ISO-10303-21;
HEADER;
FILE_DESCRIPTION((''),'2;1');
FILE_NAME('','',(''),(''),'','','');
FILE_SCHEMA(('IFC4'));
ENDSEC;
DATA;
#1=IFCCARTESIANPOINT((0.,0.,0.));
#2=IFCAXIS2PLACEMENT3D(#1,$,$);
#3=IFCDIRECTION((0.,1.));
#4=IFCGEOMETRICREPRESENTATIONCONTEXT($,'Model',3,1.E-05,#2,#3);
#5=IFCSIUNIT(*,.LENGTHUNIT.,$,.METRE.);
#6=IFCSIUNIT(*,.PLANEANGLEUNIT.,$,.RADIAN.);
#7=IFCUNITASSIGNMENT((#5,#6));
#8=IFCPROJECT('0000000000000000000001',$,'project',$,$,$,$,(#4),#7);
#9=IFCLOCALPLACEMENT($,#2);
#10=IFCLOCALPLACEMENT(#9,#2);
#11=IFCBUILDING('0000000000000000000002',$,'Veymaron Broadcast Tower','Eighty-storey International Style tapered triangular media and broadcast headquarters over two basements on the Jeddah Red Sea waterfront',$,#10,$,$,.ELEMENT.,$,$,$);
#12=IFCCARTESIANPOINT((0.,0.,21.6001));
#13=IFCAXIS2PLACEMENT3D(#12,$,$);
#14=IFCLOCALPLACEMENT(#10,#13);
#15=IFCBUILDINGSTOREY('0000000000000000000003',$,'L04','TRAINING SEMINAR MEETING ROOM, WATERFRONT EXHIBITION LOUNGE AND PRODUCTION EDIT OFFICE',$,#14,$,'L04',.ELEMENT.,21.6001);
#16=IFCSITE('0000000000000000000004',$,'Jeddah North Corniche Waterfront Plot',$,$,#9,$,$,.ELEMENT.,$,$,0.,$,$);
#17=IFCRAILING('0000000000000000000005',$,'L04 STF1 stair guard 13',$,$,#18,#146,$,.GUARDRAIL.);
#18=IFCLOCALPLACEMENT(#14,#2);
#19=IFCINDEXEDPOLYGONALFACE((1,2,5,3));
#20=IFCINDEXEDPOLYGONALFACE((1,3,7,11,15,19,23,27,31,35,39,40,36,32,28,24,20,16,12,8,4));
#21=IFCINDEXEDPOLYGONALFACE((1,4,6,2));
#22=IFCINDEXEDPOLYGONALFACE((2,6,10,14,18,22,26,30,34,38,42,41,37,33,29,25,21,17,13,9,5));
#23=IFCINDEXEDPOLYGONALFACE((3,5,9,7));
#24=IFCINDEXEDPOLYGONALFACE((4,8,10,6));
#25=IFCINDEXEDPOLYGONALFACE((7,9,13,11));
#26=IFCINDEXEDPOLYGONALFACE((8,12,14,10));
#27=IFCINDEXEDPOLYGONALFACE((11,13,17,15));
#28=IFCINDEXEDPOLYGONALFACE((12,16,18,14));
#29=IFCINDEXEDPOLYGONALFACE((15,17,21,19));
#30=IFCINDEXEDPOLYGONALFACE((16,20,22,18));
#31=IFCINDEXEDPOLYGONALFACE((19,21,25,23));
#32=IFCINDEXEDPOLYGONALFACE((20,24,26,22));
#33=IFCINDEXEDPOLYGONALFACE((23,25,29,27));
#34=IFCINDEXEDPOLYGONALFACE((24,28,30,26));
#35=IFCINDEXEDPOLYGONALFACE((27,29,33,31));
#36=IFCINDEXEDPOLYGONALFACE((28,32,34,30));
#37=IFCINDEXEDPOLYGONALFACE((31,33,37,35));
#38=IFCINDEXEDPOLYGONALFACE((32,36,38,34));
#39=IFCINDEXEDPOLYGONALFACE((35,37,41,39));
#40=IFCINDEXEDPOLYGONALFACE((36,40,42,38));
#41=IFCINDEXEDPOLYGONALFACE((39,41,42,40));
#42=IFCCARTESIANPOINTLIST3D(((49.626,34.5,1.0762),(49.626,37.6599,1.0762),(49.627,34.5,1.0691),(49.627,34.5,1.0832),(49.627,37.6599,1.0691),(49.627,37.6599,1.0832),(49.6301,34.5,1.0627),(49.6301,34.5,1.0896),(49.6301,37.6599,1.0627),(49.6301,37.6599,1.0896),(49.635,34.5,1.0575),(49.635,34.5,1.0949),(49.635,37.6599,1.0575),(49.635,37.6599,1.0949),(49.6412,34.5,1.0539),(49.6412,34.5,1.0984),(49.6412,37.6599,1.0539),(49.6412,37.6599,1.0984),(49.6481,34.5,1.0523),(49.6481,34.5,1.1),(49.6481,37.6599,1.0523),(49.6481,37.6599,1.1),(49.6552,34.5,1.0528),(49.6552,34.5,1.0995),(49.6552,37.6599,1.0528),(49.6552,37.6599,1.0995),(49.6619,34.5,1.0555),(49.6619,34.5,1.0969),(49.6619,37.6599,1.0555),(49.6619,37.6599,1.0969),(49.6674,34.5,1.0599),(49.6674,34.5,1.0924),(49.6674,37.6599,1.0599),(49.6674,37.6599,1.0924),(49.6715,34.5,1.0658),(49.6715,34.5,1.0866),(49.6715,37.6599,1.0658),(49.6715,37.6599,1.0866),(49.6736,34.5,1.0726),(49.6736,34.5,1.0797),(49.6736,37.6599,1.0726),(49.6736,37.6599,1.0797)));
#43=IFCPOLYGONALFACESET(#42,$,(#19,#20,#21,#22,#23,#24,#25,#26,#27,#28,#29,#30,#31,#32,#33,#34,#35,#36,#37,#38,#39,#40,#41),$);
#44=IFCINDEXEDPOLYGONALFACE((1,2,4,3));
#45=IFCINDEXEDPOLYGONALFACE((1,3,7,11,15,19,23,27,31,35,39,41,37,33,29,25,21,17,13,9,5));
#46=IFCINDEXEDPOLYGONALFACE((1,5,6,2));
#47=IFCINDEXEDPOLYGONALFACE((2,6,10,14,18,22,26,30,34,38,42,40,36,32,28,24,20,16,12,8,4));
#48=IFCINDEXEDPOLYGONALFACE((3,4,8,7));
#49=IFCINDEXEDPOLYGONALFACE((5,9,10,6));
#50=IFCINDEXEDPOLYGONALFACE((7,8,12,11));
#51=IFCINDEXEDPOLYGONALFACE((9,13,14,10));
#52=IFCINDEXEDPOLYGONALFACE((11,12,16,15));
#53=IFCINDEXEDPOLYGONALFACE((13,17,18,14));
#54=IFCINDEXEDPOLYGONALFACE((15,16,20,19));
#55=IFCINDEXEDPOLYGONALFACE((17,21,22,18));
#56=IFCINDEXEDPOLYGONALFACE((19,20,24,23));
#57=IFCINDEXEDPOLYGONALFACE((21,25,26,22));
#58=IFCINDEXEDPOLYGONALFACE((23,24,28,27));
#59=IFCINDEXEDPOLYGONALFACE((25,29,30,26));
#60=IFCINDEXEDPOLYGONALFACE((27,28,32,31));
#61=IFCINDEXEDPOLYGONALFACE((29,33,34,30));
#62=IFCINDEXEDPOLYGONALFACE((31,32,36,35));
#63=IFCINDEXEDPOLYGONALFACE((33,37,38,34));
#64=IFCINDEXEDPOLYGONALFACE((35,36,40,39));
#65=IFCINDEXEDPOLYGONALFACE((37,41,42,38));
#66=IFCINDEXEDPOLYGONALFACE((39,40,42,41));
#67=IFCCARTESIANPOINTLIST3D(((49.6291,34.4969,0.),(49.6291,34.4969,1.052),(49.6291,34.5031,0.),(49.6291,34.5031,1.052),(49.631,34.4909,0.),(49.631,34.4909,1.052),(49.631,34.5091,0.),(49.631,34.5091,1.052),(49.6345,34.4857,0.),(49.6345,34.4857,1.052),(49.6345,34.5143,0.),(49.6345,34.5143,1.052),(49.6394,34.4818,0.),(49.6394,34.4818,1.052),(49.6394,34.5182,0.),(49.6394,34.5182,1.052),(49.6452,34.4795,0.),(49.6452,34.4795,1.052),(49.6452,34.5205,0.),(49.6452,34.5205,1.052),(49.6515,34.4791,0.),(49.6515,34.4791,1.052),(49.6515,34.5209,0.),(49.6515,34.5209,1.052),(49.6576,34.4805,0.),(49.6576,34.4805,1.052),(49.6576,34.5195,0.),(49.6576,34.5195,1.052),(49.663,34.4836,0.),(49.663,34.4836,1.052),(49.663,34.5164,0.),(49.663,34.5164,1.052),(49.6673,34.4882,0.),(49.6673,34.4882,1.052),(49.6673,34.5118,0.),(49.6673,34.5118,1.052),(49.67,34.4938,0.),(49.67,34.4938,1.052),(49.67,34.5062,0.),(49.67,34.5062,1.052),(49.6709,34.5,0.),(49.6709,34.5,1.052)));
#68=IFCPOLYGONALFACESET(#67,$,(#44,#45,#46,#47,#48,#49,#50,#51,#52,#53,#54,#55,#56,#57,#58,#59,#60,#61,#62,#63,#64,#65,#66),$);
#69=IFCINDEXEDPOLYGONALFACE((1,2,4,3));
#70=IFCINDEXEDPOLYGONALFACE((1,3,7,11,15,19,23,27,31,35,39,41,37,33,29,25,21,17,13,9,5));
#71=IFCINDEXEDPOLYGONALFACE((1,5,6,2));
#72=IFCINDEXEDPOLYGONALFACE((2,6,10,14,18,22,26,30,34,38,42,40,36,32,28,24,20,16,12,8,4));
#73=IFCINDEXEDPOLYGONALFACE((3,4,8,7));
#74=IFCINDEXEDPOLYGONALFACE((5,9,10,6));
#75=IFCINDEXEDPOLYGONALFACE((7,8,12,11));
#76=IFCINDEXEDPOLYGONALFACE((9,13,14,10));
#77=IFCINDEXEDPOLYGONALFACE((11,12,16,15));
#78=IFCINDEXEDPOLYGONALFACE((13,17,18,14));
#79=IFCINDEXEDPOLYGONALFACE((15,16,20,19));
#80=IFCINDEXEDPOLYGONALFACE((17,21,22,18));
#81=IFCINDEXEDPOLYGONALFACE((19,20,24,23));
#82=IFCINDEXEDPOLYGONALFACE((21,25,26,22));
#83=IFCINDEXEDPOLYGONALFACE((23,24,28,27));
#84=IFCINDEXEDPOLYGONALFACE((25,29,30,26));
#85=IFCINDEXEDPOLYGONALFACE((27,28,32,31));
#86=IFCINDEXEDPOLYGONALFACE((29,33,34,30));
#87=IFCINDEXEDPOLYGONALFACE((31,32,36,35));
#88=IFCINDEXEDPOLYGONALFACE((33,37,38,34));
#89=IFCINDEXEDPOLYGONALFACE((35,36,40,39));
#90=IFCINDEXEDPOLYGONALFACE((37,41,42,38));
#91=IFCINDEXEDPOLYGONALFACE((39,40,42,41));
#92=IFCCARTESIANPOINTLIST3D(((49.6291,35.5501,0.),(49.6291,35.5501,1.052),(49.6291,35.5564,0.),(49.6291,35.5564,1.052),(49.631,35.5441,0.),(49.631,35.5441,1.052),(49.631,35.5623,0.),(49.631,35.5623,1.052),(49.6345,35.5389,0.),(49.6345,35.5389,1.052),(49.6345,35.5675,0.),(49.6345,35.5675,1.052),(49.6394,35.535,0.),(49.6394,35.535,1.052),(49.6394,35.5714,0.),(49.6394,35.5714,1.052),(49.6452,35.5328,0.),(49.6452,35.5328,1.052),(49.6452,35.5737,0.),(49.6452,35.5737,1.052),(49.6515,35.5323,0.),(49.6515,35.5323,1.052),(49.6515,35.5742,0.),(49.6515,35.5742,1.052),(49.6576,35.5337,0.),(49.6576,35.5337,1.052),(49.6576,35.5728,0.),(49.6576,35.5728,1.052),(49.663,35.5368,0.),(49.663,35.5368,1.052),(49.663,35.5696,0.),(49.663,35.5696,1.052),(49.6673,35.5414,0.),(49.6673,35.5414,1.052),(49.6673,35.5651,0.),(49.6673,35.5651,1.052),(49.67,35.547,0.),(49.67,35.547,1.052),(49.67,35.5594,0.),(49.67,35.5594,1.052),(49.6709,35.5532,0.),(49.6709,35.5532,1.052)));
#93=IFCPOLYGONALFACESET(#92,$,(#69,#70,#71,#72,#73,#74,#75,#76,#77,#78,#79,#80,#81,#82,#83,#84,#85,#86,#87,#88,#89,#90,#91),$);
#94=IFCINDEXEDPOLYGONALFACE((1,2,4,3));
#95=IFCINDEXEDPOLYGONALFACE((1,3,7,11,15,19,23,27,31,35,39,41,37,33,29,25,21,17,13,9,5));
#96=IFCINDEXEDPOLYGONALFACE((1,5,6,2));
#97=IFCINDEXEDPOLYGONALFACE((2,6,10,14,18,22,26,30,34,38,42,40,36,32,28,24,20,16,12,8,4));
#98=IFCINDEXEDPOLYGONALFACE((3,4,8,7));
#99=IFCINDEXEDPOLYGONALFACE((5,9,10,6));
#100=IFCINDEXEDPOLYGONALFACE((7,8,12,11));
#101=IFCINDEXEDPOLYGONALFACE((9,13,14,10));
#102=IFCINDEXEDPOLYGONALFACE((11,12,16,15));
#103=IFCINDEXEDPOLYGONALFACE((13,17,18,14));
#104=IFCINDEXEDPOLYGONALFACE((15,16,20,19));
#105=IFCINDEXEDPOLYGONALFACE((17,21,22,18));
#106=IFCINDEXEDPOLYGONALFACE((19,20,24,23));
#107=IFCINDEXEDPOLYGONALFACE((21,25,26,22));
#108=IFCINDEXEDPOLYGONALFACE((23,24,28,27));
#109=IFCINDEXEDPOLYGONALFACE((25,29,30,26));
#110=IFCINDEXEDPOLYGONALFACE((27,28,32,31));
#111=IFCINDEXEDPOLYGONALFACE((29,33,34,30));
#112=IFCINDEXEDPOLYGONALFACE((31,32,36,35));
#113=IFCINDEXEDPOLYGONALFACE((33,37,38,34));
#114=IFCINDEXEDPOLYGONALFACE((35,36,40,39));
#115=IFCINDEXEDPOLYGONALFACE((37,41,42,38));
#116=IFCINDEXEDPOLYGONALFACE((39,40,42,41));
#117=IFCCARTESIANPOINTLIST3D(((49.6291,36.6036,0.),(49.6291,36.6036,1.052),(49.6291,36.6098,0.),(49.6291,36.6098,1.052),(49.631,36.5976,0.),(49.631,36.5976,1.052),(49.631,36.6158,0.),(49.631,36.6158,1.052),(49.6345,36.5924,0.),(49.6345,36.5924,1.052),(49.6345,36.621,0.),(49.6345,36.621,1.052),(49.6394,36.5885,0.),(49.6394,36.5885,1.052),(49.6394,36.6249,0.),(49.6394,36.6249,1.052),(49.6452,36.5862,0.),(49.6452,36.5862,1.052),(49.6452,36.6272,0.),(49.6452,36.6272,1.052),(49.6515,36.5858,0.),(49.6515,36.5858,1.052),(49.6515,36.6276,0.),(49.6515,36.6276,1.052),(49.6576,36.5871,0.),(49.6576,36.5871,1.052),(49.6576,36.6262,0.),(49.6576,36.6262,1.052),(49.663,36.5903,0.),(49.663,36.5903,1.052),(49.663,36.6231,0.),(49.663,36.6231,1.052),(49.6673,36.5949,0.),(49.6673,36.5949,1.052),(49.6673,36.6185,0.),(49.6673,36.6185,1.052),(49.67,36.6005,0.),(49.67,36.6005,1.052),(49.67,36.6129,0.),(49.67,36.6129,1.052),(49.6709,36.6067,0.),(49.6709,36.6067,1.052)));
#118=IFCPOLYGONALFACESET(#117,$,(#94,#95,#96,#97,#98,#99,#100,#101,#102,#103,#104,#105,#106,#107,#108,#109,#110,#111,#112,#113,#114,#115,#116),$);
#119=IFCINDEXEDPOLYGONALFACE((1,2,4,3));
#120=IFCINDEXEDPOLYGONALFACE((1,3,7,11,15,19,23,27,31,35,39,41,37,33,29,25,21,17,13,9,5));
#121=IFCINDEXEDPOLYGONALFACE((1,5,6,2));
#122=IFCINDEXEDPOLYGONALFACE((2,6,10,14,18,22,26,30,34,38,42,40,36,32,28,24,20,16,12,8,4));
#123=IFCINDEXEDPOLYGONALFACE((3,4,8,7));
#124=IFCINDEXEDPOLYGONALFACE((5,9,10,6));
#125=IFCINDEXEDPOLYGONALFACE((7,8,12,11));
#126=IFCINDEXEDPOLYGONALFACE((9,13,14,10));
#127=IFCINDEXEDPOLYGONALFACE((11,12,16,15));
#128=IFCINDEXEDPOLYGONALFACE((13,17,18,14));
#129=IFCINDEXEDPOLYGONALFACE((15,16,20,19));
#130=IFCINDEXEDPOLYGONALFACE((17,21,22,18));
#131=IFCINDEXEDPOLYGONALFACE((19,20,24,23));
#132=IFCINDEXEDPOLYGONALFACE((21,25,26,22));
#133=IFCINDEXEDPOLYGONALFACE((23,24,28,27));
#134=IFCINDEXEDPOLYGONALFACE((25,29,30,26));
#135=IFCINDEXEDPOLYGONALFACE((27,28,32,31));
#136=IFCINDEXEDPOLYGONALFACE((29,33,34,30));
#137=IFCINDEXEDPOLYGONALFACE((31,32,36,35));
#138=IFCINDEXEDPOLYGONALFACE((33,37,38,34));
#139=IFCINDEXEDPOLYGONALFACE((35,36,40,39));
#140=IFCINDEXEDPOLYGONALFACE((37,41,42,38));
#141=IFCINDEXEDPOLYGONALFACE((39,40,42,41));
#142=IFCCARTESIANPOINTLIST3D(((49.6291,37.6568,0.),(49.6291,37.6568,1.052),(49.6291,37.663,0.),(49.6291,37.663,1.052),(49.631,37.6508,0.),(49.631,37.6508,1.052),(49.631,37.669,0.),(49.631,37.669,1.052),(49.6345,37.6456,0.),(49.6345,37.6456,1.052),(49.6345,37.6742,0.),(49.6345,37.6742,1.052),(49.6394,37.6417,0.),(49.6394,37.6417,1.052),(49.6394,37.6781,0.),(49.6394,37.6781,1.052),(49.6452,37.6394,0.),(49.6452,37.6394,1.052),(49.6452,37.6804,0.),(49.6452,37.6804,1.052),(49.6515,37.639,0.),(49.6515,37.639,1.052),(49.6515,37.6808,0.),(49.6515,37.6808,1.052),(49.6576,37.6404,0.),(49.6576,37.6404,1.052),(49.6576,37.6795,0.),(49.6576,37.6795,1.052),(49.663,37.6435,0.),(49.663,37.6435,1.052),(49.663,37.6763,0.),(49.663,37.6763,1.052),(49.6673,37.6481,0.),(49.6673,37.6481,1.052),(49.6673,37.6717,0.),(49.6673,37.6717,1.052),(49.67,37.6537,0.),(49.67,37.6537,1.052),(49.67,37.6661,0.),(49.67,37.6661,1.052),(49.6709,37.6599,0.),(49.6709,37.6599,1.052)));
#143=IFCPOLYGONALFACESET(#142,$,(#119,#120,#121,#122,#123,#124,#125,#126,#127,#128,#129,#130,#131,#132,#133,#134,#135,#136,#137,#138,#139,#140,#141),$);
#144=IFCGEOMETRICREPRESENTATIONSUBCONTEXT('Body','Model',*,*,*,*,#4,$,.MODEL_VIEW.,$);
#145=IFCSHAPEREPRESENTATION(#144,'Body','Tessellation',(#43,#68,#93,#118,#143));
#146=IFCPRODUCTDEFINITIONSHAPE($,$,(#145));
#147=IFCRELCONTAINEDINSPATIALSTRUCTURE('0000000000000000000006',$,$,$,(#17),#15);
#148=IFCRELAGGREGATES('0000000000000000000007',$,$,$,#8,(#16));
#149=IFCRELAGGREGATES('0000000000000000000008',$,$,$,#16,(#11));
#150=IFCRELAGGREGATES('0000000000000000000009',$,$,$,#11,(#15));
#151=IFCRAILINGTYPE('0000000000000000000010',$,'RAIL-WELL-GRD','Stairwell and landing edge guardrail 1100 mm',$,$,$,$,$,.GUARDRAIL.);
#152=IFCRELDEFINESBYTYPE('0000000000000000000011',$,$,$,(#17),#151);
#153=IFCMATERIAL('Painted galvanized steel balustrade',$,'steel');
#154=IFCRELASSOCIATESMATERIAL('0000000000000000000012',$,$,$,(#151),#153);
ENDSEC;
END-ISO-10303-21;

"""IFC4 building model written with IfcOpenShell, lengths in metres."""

from ifc_helpers import new_model, si_unit, direction, frame, origin, origin_2d, place, context, subcontext, project, spatial, circle, extrude, material, type_object, element, save


model = new_model("IFC4")

# Units and contexts
model_context = context("Model", 3, precision=1e-05, world=origin(), true_north=direction((0.0, 1.0)))
body_context = subcontext(model_context, "Body", "Model", "MODEL_VIEW")
ifc_project = project(units=[si_unit("LENGTHUNIT", "METRE"), si_unit("PLANEANGLEUNIT", "RADIAN")], contexts=[model_context])

# Site, building, storey
site_placement = place(None, origin())
site = spatial("IfcSite", under=ifc_project, at=site_placement, Name="Jeddah North Corniche Waterfront Plot", CompositionType="ELEMENT", RefElevation=0.0)
building_placement = place(site_placement, origin())
building = spatial("IfcBuilding", under=site, at=building_placement, Name="Veymaron Broadcast Tower", Description="Eighty-storey International Style tapered triangular media and broadcast headquarters over two basements on the Jeddah Red Sea waterfront", CompositionType="ELEMENT")
storey_placement = place(building_placement, frame((0.0, 0.0, 21.6001)))
storey = spatial("IfcBuildingStorey", under=building, at=storey_placement, Name="L04", Description="TRAINING SEMINAR MEETING ROOM, WATERFRONT EXHIBITION LOUNGE AND PRODUCTION EDIT OFFICE", LongName="L04", CompositionType="ELEMENT", Elevation=21.6001)

# Railing
ifc_material_1 = material(Name="Painted galvanized steel balustrade", Category="steel")
railing_type = type_object("IfcRailingType", Name="RAIL-WELL-GRD", Description="Stairwell and landing edge guardrail 1100 mm", PredefinedType="GUARDRAIL", material=ifc_material_1)
railing_1_placement = place(storey_placement, frame((49.6499, 34.5, 0.0)))
element("IfcRailing", 1, at=railing_1_placement, inside=storey, type_object=railing_type, Name="L04 STF1 stair guard 13", PredefinedType="GUARDRAIL", context=body_context, shape_type="SweptSolid", body=[
    extrude(circle(Radius=0.0239, at=origin_2d()), frame((0.0, 0.0, 1.0762), z_axis=(0.0, 1.0, 0.0), x_axis=(-1.0, 0.0, 0.0)), (0.0, 0.0, 1.0), 3.1599),
    extrude(circle(Radius=0.021, at=origin_2d()), origin(), (0.0, 0.0, 1.0), 1.052),
    extrude(circle(Radius=0.021, at=origin_2d()), frame((0.0, 1.0532, 0.0)), (0.0, 0.0, 1.0), 1.052),
    extrude(circle(Radius=0.021, at=origin_2d()), frame((0.0, 2.1067, 0.0)), (0.0, 0.0, 1.0), 1.052),
    extrude(circle(Radius=0.021, at=origin_2d()), frame((0.0, 3.1599, 0.0)), (0.0, 0.0, 1.0), 1.052),
])

save(model, "model.ifc")
